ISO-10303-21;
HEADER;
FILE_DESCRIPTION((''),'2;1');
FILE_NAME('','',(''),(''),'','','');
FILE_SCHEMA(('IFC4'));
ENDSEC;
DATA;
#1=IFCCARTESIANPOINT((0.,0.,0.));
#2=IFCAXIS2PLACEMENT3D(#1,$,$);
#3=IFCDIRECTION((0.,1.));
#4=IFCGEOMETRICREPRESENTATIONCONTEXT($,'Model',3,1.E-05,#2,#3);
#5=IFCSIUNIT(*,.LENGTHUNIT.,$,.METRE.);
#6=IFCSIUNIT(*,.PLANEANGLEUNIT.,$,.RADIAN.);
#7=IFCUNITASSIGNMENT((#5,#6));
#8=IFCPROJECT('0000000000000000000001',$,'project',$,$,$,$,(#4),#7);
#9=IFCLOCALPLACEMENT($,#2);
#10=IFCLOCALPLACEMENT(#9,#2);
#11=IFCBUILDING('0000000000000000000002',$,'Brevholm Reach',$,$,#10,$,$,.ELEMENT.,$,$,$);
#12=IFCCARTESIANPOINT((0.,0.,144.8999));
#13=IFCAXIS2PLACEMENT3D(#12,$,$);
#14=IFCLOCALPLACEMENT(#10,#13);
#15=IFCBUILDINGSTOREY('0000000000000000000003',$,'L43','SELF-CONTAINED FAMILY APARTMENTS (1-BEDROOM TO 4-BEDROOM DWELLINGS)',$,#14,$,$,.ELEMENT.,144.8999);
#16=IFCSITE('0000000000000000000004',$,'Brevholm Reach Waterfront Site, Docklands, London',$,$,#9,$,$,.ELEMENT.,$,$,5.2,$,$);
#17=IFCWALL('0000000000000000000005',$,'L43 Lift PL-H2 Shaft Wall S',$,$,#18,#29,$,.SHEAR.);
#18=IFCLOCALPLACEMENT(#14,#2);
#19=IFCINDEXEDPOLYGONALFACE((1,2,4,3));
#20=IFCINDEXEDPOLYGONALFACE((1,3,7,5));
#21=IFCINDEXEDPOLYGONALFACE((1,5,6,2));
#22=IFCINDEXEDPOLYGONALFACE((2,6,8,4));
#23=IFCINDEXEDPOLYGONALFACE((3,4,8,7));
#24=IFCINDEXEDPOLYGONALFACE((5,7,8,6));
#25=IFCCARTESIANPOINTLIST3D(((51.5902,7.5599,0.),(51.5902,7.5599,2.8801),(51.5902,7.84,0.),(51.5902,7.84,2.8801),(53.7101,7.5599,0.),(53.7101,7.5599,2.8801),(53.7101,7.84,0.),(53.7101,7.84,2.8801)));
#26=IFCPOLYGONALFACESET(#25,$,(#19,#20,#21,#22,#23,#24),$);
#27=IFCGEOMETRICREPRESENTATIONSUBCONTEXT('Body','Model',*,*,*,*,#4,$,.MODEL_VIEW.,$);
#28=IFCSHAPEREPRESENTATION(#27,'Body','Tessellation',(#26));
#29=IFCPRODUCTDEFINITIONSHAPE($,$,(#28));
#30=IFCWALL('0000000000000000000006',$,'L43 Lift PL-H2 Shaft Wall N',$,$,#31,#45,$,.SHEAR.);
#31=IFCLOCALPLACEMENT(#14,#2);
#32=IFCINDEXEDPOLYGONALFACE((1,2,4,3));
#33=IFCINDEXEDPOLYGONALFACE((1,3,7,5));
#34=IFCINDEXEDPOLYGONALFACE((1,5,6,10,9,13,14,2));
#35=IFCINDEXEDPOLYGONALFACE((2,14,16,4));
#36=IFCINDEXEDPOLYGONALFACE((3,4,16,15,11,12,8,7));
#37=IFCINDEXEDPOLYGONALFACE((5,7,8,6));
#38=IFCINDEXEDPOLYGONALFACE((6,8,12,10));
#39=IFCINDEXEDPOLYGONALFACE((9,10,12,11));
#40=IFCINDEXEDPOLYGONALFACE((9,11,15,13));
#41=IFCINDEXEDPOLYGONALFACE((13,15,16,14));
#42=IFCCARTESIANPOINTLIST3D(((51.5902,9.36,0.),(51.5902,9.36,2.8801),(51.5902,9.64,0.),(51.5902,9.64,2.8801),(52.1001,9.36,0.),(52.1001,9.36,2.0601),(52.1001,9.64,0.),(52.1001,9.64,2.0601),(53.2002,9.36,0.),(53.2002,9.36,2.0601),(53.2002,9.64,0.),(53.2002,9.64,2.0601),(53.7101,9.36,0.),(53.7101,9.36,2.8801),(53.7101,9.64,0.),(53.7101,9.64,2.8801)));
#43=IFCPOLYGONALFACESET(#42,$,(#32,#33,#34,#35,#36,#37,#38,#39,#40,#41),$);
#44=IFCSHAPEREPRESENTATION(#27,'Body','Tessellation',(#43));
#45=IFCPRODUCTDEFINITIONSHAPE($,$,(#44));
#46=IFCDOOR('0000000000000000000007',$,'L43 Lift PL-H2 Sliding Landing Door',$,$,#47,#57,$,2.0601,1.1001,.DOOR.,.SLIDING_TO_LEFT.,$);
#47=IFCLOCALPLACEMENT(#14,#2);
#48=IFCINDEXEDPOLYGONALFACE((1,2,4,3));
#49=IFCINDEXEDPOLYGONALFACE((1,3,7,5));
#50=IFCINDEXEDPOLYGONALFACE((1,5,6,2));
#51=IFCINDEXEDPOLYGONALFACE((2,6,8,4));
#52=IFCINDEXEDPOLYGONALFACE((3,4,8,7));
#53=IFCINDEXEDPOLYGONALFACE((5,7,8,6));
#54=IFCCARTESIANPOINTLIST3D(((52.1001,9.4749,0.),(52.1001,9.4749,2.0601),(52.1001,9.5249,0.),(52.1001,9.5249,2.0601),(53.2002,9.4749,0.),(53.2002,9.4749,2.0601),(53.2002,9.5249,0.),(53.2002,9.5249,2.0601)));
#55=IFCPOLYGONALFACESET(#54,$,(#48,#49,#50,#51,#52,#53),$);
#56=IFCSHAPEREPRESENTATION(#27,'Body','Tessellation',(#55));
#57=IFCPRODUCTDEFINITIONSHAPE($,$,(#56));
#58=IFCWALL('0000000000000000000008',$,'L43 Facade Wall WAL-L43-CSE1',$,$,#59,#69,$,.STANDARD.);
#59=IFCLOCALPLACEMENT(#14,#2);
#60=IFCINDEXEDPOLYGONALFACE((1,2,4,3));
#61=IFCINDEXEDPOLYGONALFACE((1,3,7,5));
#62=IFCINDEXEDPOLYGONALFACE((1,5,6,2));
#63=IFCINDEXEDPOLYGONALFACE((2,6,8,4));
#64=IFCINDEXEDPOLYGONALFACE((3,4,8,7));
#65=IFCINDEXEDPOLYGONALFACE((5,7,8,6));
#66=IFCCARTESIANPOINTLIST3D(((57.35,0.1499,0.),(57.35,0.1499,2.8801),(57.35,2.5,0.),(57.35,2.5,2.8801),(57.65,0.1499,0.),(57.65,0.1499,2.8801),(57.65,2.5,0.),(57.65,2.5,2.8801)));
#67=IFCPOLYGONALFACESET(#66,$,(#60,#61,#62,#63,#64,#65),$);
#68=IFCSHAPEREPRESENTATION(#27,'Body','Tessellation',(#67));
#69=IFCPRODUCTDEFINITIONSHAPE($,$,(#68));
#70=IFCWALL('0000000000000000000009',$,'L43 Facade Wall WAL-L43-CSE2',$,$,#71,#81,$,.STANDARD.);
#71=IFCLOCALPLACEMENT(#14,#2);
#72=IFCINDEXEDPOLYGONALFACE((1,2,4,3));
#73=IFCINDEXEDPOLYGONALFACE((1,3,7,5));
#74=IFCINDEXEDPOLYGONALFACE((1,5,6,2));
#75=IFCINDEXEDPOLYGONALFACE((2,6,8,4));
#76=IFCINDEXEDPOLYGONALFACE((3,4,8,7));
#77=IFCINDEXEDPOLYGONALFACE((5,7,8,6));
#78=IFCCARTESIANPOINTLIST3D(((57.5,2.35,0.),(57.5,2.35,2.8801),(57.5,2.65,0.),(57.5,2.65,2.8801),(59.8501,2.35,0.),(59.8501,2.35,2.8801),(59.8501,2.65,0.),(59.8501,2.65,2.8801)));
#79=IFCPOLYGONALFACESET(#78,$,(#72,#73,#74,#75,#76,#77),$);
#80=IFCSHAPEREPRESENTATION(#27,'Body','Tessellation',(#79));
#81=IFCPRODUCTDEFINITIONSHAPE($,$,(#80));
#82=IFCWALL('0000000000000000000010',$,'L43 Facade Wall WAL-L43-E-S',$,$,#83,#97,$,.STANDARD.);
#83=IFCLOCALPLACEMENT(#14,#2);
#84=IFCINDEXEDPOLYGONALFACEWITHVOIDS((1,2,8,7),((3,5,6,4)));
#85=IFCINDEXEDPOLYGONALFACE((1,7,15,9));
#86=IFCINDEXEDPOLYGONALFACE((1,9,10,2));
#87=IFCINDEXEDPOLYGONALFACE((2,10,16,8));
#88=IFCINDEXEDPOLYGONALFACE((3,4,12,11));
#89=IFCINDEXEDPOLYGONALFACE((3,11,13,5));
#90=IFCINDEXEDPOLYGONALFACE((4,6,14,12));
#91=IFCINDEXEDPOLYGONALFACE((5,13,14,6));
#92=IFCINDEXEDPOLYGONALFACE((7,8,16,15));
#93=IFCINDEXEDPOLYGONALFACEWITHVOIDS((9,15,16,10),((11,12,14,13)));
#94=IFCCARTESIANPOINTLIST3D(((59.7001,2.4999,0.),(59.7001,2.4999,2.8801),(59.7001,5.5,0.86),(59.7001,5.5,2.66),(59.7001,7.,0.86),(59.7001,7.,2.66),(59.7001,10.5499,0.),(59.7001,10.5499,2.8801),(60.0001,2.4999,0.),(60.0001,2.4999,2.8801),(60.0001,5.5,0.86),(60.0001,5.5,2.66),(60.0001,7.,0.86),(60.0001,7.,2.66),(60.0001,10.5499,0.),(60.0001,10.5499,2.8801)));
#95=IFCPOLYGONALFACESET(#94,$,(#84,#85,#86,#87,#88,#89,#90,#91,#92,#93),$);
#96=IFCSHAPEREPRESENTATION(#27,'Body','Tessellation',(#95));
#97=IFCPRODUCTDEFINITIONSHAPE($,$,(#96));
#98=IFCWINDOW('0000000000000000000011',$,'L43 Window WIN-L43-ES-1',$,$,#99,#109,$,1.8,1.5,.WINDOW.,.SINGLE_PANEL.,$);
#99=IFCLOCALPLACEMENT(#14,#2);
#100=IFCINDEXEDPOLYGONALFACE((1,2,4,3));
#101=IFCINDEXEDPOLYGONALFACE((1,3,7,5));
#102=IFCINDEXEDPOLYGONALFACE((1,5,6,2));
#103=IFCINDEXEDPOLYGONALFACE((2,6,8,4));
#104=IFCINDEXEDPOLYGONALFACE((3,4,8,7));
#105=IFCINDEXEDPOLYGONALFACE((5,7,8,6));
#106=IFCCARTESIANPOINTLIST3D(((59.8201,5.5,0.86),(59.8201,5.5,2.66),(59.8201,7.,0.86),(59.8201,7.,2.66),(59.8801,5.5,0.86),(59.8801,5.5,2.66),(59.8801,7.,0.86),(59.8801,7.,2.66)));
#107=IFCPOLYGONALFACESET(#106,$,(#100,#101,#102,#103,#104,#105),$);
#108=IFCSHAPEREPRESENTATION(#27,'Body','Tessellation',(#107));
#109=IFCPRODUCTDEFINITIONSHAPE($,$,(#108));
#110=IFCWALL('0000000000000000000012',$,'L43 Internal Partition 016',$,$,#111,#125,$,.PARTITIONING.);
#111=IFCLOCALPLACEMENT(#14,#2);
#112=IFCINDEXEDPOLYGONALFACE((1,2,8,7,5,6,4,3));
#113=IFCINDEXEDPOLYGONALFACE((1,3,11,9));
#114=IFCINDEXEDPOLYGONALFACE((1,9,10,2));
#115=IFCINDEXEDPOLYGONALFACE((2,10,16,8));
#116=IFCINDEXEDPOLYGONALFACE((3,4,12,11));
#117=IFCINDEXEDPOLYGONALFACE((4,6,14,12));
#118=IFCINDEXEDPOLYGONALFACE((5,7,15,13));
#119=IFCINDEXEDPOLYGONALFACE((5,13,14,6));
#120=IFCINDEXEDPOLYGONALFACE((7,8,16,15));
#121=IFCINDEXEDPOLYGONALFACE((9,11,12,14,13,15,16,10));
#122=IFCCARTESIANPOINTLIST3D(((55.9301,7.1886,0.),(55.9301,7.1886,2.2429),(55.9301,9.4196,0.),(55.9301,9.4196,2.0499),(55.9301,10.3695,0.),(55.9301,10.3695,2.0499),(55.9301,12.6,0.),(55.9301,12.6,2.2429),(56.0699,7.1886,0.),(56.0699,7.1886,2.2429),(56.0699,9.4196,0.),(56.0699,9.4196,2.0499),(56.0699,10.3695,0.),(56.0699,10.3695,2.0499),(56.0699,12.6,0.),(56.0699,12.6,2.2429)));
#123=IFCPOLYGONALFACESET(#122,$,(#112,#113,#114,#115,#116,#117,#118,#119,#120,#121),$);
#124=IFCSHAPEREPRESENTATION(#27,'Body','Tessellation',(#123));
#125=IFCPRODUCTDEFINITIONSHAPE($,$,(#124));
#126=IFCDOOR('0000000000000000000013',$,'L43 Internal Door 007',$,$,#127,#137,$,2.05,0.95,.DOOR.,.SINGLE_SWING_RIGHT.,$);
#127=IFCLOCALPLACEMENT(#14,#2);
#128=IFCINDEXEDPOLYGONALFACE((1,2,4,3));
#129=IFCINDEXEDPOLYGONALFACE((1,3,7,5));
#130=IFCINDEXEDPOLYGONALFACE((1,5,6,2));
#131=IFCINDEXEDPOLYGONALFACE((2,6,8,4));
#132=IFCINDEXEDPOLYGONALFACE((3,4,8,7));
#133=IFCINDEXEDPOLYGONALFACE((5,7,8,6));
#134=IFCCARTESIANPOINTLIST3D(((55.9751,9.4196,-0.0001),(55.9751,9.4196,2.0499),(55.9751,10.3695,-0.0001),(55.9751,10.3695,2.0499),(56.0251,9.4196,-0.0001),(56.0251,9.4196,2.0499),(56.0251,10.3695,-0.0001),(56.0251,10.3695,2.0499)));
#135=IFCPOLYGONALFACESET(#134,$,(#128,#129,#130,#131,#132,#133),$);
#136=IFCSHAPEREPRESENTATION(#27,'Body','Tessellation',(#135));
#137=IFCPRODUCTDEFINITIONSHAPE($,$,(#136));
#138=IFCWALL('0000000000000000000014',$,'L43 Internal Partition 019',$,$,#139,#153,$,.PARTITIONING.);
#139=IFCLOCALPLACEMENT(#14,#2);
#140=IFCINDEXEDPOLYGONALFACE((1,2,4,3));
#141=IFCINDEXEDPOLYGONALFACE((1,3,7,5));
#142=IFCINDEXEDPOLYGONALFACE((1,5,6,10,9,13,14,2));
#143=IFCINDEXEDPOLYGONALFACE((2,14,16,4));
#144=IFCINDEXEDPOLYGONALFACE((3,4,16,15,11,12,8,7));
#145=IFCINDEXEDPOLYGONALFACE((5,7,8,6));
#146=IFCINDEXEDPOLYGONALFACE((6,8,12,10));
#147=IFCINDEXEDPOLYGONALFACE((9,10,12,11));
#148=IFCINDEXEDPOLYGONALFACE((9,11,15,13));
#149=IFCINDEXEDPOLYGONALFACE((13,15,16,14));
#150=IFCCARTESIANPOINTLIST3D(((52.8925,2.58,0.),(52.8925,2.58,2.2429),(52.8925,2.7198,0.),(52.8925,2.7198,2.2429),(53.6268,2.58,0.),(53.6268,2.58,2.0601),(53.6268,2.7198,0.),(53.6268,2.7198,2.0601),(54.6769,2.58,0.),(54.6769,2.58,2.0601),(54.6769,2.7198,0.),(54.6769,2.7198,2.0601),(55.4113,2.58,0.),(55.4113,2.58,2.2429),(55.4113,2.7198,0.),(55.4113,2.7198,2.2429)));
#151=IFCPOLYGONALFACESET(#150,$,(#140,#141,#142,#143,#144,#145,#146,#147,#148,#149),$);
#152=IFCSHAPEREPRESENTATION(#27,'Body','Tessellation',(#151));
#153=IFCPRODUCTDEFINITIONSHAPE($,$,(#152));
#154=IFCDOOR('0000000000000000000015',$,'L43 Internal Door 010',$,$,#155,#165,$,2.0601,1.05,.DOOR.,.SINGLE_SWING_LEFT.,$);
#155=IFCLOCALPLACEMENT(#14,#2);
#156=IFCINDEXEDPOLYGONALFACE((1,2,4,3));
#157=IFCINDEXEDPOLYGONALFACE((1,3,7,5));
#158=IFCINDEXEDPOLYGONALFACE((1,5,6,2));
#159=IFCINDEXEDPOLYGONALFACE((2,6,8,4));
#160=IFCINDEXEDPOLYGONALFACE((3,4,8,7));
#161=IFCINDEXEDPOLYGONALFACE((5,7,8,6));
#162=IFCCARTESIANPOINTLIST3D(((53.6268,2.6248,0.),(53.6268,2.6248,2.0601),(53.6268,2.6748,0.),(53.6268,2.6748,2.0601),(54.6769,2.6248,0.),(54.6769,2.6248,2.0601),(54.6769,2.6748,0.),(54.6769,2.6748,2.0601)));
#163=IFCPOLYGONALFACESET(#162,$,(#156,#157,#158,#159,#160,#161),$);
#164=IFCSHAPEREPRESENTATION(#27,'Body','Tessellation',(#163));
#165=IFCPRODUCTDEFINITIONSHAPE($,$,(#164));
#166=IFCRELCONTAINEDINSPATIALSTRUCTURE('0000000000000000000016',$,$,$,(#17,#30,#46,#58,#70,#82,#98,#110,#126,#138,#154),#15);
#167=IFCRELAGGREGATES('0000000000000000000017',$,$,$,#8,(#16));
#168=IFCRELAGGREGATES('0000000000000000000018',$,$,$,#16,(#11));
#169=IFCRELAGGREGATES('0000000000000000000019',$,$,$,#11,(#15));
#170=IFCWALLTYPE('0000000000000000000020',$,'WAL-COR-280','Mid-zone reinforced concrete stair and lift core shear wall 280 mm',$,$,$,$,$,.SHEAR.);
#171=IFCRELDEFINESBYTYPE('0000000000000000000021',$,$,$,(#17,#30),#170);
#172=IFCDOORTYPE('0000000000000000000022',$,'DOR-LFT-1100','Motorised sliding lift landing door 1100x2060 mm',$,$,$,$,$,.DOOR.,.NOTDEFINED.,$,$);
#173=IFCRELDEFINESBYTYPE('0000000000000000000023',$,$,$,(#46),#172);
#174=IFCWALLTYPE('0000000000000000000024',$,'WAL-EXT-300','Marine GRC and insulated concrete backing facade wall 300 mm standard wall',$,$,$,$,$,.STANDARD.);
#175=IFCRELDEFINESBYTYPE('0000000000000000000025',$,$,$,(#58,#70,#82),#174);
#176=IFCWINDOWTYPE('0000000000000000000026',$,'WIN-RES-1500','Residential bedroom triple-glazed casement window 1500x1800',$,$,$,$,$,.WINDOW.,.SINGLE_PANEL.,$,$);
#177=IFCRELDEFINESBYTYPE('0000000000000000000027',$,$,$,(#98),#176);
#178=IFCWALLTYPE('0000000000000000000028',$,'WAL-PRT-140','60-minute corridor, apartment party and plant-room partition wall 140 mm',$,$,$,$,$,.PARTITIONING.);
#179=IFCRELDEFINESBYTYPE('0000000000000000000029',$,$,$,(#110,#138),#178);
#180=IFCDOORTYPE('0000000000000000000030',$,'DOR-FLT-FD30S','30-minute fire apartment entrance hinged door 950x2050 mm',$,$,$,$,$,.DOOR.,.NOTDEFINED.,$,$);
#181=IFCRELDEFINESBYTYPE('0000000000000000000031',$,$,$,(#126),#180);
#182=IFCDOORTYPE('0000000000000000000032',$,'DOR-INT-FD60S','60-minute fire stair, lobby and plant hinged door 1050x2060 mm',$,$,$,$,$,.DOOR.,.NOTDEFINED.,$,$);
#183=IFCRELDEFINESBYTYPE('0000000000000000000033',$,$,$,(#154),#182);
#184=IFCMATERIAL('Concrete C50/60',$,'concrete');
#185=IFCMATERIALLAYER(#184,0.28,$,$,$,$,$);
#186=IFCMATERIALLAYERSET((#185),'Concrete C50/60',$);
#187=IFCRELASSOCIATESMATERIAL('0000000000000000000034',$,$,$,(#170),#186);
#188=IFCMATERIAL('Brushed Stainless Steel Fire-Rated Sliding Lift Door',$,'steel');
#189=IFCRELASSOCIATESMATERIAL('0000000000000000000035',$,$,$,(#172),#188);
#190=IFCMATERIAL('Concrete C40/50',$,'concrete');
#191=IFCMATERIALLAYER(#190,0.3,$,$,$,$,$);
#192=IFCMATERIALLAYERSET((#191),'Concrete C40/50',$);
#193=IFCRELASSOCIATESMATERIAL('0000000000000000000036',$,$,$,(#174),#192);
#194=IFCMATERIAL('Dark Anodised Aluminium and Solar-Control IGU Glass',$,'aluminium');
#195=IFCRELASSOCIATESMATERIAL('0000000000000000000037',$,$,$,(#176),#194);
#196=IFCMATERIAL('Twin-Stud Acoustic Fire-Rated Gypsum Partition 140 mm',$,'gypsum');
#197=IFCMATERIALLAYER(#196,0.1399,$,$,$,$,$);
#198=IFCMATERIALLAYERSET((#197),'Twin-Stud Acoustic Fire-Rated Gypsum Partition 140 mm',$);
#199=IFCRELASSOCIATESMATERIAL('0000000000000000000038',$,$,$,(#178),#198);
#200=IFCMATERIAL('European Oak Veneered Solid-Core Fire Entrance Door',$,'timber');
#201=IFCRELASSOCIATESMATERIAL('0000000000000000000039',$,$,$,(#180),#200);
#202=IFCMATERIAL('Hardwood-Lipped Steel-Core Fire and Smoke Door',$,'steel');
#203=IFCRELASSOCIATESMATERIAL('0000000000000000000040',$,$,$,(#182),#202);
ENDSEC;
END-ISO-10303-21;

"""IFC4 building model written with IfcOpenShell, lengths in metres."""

from ifc_helpers import new_model, si_unit, direction, frame, frame_2d, origin, place, context, subcontext, project, spatial, rectangle, extrude, material, layer, layer_set, type_object, element, fill, save


model = new_model("IFC4")

# Units and contexts
model_context = context("Model", 3, precision=1e-05, world=origin(), true_north=direction((0.0, 1.0)))
body_context = subcontext(model_context, "Body", "Model", "MODEL_VIEW")
ifc_project = project(units=[si_unit("LENGTHUNIT", "METRE"), si_unit("PLANEANGLEUNIT", "RADIAN")], contexts=[model_context])

# Site, building, storey
site_placement = place(None, origin())
site = spatial("IfcSite", under=ifc_project, at=site_placement, Name="Brevholm Reach Waterfront Site, Docklands, London", CompositionType="ELEMENT", RefElevation=5.2)
building_placement = place(site_placement, origin())
building = spatial("IfcBuilding", under=site, at=building_placement, Name="Brevholm Reach", CompositionType="ELEMENT")
storey_placement = place(building_placement, frame((0.0, 0.0, 144.8999)))
storey = spatial("IfcBuildingStorey", under=building, at=storey_placement, Name="L43", Description="SELF-CONTAINED FAMILY APARTMENTS (1-BEDROOM TO 4-BEDROOM DWELLINGS)", CompositionType="ELEMENT", Elevation=144.8999)

# Wall
ifc_material_1 = material(Name="Concrete C50/60", Category="concrete")
ifc_layer_1 = layer(ifc_material_1, 0.28)
ifc_layer_set_1 = layer_set([ifc_layer_1], Name="Concrete C50/60")
wall_type_1 = type_object("IfcWallType", Name="WAL-COR-280", Description="Mid-zone reinforced concrete stair and lift core shear wall 280 mm", PredefinedType="SHEAR", material=ifc_layer_set_1)
wall_1_placement = place(storey_placement, frame((51.5901, 7.7, 0.0), z_axis=(0.0, 0.0, 1.0), x_axis=(1.0, 0.0, 0.0)))
element("IfcWall", 1, at=wall_1_placement, inside=storey, type_object=wall_type_1, Name="L43 Lift PL-H2 Shaft Wall S", PredefinedType="SHEAR", context=body_context, shape_type="SweptSolid", body=[
    extrude(rectangle(XDim=2.1199, YDim=0.28, at=frame_2d((1.0601, 0.0))), origin(), (0.0, 0.0, 1.0), 2.8801),
])

# Wall, opening, door
wall_2_placement = place(storey_placement, frame((51.5901, 9.5, 0.0), z_axis=(0.0, 0.0, 1.0), x_axis=(1.0, 0.0, 0.0)))
wall_2 = element("IfcWall", 2, at=wall_2_placement, inside=storey, type_object=wall_type_1, Name="L43 Lift PL-H2 Shaft Wall N", PredefinedType="SHEAR", context=body_context, shape_type="SweptSolid", body=[
    extrude(rectangle(XDim=2.1199, YDim=0.28, at=frame_2d((1.0601, 0.0))), origin(), (0.0, 0.0, 1.0), 2.8801),
])
opening_1_placement = place(wall_2_placement, frame((0.51, 0.0, 0.0)))
opening_1 = element("IfcOpeningElement", 3, at=opening_1_placement, cuts=wall_2, PredefinedType="OPENING", context=body_context, shape_type="SweptSolid", body=[
    extrude(rectangle(XDim=1.1001, YDim=2.0601, at=frame_2d((0.55, 1.03))), frame((0.0, 0.1499, 0.0), z_axis=(0.0, -1.0, 0.0), x_axis=(1.0, 0.0, 0.0)), (0.0, 0.0, 1.0), 0.3),
])
ifc_material_2 = material(Name="Brushed Stainless Steel Fire-Rated Sliding Lift Door", Category="steel")
door_type_1 = type_object("IfcDoorType", Name="DOR-LFT-1100", Description="Motorised sliding lift landing door 1100x2060 mm", OperationType="NOTDEFINED", PredefinedType="DOOR", material=ifc_material_2)
door_1_placement = place(opening_1_placement, origin())
door_1 = element("IfcDoor", 4, at=door_1_placement, inside=storey, type_object=door_type_1, Name="L43 Lift PL-H2 Sliding Landing Door", OperationType="SLIDING_TO_LEFT", OverallHeight=2.0601, OverallWidth=1.1001, PredefinedType="DOOR", context=body_context, shape_type="SweptSolid", body=[
    extrude(rectangle(XDim=1.1001, YDim=2.0601, at=frame_2d((0.55, 1.03))), frame((0.0, 0.0249, 0.0), z_axis=(0.0, -1.0, 0.0), x_axis=(1.0, 0.0, 0.0)), (0.0, 0.0, 1.0), 0.05),
])
fill(opening_1, door_1)

# Walls
ifc_material_3 = material(Name="Concrete C40/50", Category="concrete")
ifc_layer_2 = layer(ifc_material_3, 0.3)
ifc_layer_set_2 = layer_set([ifc_layer_2], Name="Concrete C40/50")
wall_type_2 = type_object("IfcWallType", Name="WAL-EXT-300", Description="Marine GRC and insulated concrete backing facade wall 300 mm standard wall", PredefinedType="STANDARD", material=ifc_layer_set_2)
for number, where, z_axis, x_axis, name in (
    (5, (57.5, 0.1499, 0.0), (0.0, 0.0, 1.0), (0.0, 1.0, 0.0), "L43 Facade Wall WAL-L43-CSE1"),
    (6, (57.5, 2.5, 0.0), (0.0, 0.0, 1.0), (1.0, 0.0, 0.0), "L43 Facade Wall WAL-L43-CSE2"),
):
    element("IfcWall", number, at=place(storey_placement, frame(where, z_axis=z_axis, x_axis=x_axis)), inside=storey, type_object=wall_type_2, Name=name, PredefinedType="STANDARD", context=body_context, shape_type="SweptSolid", body=[
        extrude(rectangle(XDim=2.3501, YDim=0.3, at=frame_2d((1.175, 0.0))), origin(), (0.0, 0.0, 1.0), 2.8801),
    ])

# Wall, opening, window
wall_3_placement = place(storey_placement, frame((59.8501, 2.5, 0.0), z_axis=(0.0, 0.0, 1.0), x_axis=(0.0, 1.0, 0.0)))
wall_3 = element("IfcWall", 7, at=wall_3_placement, inside=storey, type_object=wall_type_2, Name="L43 Facade Wall WAL-L43-E-S", PredefinedType="STANDARD", context=body_context, shape_type="SweptSolid", body=[
    extrude(rectangle(XDim=8.05, YDim=0.3, at=frame_2d((4.0249, 0.0))), origin(), (0.0, 0.0, 1.0), 2.8801),
])
opening_2_placement = place(wall_3_placement, frame((3.0, 0.0, 0.8601)))
opening_2 = element("IfcOpeningElement", 8, at=opening_2_placement, cuts=wall_3, PredefinedType="OPENING", context=body_context, shape_type="SweptSolid", body=[
    extrude(rectangle(XDim=1.5, YDim=1.8, at=frame_2d((0.75, 0.8999))), frame((0.0, 0.1599, 0.0), z_axis=(0.0, -1.0, 0.0), x_axis=(1.0, 0.0, 0.0)), (0.0, 0.0, 1.0), 0.3201),
])
ifc_material_4 = material(Name="Dark Anodised Aluminium and Solar-Control IGU Glass", Category="aluminium")
window_type = type_object("IfcWindowType", Name="WIN-RES-1500", Description="Residential bedroom triple-glazed casement window 1500x1800", PartitioningType="SINGLE_PANEL", PredefinedType="WINDOW", material=ifc_material_4)
window_placement = place(opening_2_placement, origin())
window = element("IfcWindow", 9, at=window_placement, inside=storey, type_object=window_type, Name="L43 Window WIN-L43-ES-1", OverallHeight=1.8, OverallWidth=1.5, PartitioningType="SINGLE_PANEL", PredefinedType="WINDOW", context=body_context, shape_type="SweptSolid", body=[
    extrude(rectangle(XDim=1.5, YDim=1.8, at=frame_2d((0.75, 0.8999))), frame((0.0, 0.03, 0.0), z_axis=(0.0, -1.0, 0.0), x_axis=(1.0, 0.0, 0.0)), (0.0, 0.0, 1.0), 0.0601),
])
fill(opening_2, window)

# Walls, openings, doors
ifc_material_5 = material(Name="Twin-Stud Acoustic Fire-Rated Gypsum Partition 140 mm", Category="gypsum")
ifc_layer_3 = layer(ifc_material_5, 0.1399)
ifc_layer_set_3 = layer_set([ifc_layer_3], Name="Twin-Stud Acoustic Fire-Rated Gypsum Partition 140 mm")
wall_type_3 = type_object("IfcWallType", Name="WAL-PRT-140", Description="60-minute corridor, apartment party and plant-room partition wall 140 mm", PredefinedType="PARTITIONING", material=ifc_layer_set_3)
wall_4_placement = place(storey_placement, frame((56.0, 7.1887, 0.0), z_axis=(0.0, 0.0, 1.0), x_axis=(0.0, 1.0, 0.0)))
wall_4 = element("IfcWall", 10, at=wall_4_placement, inside=storey, type_object=wall_type_3, Name="L43 Internal Partition 016", PredefinedType="PARTITIONING", context=body_context, shape_type="SweptSolid", body=[
    extrude(rectangle(XDim=5.4114, YDim=0.1399, at=frame_2d((2.7056, 0.0))), origin(), (0.0, 0.0, 1.0), 2.2429),
])
opening_3_placement = place(wall_4_placement, frame((2.2307, 0.0, 0.0)))
opening_3 = element("IfcOpeningElement", 11, at=opening_3_placement, cuts=wall_4, PredefinedType="OPENING", context=body_context, shape_type="SweptSolid", body=[
    extrude(rectangle(XDim=0.95, YDim=2.05, at=frame_2d((0.4751, 1.0249))), frame((0.0, 0.0798, 0.0), z_axis=(0.0, -1.0, 0.0), x_axis=(1.0, 0.0, 0.0)), (0.0, 0.0, 1.0), 0.1599),
])
ifc_material_6 = material(Name="European Oak Veneered Solid-Core Fire Entrance Door", Category="timber")
door_type_2 = type_object("IfcDoorType", Name="DOR-FLT-FD30S", Description="30-minute fire apartment entrance hinged door 950x2050 mm", OperationType="NOTDEFINED", PredefinedType="DOOR", material=ifc_material_6)
door_2_placement = place(opening_3_placement, origin())
door_2 = element("IfcDoor", 12, at=door_2_placement, inside=storey, type_object=door_type_2, Name="L43 Internal Door 007", OperationType="SINGLE_SWING_RIGHT", OverallHeight=2.05, OverallWidth=0.95, PredefinedType="DOOR", context=body_context, shape_type="SweptSolid", body=[
    extrude(rectangle(XDim=0.95, YDim=2.05, at=frame_2d((0.4751, 1.0249))), frame((0.0, 0.0249, 0.0), z_axis=(0.0, -1.0, 0.0), x_axis=(1.0, 0.0, 0.0)), (0.0, 0.0, 1.0), 0.05),
])
fill(opening_3, door_2)
wall_5_placement = place(storey_placement, frame((52.8926, 2.6499, 0.0), z_axis=(0.0, 0.0, 1.0), x_axis=(1.0, 0.0, 0.0)))
wall_5 = element("IfcWall", 13, at=wall_5_placement, inside=storey, type_object=wall_type_3, Name="L43 Internal Partition 019", PredefinedType="PARTITIONING", context=body_context, shape_type="SweptSolid", body=[
    extrude(rectangle(XDim=2.5188, YDim=0.1399, at=frame_2d((1.2593, 0.0))), origin(), (0.0, 0.0, 1.0), 2.2429),
])
opening_4_placement = place(wall_5_placement, frame((0.7344, 0.0, 0.0)))
opening_4 = element("IfcOpeningElement", 14, at=opening_4_placement, cuts=wall_5, PredefinedType="OPENING", context=body_context, shape_type="SweptSolid", body=[
    extrude(rectangle(XDim=1.05, YDim=2.0601, at=frame_2d((0.5249, 1.03))), frame((0.0, 0.0798, 0.0), z_axis=(0.0, -1.0, 0.0), x_axis=(1.0, 0.0, 0.0)), (0.0, 0.0, 1.0), 0.1599),
])
ifc_material_7 = material(Name="Hardwood-Lipped Steel-Core Fire and Smoke Door", Category="steel")
door_type_3 = type_object("IfcDoorType", Name="DOR-INT-FD60S", Description="60-minute fire stair, lobby and plant hinged door 1050x2060 mm", OperationType="NOTDEFINED", PredefinedType="DOOR", material=ifc_material_7)
door_3_placement = place(opening_4_placement, origin())
door_3 = element("IfcDoor", 15, at=door_3_placement, inside=storey, type_object=door_type_3, Name="L43 Internal Door 010", OperationType="SINGLE_SWING_LEFT", OverallHeight=2.0601, OverallWidth=1.05, PredefinedType="DOOR", context=body_context, shape_type="SweptSolid", body=[
    extrude(rectangle(XDim=1.05, YDim=2.0601, at=frame_2d((0.5249, 1.03))), frame((0.0, 0.0249, 0.0), z_axis=(0.0, -1.0, 0.0), x_axis=(1.0, 0.0, 0.0)), (0.0, 0.0, 1.0), 0.05),
])
fill(opening_4, door_3)

save(model, "model.ifc")
